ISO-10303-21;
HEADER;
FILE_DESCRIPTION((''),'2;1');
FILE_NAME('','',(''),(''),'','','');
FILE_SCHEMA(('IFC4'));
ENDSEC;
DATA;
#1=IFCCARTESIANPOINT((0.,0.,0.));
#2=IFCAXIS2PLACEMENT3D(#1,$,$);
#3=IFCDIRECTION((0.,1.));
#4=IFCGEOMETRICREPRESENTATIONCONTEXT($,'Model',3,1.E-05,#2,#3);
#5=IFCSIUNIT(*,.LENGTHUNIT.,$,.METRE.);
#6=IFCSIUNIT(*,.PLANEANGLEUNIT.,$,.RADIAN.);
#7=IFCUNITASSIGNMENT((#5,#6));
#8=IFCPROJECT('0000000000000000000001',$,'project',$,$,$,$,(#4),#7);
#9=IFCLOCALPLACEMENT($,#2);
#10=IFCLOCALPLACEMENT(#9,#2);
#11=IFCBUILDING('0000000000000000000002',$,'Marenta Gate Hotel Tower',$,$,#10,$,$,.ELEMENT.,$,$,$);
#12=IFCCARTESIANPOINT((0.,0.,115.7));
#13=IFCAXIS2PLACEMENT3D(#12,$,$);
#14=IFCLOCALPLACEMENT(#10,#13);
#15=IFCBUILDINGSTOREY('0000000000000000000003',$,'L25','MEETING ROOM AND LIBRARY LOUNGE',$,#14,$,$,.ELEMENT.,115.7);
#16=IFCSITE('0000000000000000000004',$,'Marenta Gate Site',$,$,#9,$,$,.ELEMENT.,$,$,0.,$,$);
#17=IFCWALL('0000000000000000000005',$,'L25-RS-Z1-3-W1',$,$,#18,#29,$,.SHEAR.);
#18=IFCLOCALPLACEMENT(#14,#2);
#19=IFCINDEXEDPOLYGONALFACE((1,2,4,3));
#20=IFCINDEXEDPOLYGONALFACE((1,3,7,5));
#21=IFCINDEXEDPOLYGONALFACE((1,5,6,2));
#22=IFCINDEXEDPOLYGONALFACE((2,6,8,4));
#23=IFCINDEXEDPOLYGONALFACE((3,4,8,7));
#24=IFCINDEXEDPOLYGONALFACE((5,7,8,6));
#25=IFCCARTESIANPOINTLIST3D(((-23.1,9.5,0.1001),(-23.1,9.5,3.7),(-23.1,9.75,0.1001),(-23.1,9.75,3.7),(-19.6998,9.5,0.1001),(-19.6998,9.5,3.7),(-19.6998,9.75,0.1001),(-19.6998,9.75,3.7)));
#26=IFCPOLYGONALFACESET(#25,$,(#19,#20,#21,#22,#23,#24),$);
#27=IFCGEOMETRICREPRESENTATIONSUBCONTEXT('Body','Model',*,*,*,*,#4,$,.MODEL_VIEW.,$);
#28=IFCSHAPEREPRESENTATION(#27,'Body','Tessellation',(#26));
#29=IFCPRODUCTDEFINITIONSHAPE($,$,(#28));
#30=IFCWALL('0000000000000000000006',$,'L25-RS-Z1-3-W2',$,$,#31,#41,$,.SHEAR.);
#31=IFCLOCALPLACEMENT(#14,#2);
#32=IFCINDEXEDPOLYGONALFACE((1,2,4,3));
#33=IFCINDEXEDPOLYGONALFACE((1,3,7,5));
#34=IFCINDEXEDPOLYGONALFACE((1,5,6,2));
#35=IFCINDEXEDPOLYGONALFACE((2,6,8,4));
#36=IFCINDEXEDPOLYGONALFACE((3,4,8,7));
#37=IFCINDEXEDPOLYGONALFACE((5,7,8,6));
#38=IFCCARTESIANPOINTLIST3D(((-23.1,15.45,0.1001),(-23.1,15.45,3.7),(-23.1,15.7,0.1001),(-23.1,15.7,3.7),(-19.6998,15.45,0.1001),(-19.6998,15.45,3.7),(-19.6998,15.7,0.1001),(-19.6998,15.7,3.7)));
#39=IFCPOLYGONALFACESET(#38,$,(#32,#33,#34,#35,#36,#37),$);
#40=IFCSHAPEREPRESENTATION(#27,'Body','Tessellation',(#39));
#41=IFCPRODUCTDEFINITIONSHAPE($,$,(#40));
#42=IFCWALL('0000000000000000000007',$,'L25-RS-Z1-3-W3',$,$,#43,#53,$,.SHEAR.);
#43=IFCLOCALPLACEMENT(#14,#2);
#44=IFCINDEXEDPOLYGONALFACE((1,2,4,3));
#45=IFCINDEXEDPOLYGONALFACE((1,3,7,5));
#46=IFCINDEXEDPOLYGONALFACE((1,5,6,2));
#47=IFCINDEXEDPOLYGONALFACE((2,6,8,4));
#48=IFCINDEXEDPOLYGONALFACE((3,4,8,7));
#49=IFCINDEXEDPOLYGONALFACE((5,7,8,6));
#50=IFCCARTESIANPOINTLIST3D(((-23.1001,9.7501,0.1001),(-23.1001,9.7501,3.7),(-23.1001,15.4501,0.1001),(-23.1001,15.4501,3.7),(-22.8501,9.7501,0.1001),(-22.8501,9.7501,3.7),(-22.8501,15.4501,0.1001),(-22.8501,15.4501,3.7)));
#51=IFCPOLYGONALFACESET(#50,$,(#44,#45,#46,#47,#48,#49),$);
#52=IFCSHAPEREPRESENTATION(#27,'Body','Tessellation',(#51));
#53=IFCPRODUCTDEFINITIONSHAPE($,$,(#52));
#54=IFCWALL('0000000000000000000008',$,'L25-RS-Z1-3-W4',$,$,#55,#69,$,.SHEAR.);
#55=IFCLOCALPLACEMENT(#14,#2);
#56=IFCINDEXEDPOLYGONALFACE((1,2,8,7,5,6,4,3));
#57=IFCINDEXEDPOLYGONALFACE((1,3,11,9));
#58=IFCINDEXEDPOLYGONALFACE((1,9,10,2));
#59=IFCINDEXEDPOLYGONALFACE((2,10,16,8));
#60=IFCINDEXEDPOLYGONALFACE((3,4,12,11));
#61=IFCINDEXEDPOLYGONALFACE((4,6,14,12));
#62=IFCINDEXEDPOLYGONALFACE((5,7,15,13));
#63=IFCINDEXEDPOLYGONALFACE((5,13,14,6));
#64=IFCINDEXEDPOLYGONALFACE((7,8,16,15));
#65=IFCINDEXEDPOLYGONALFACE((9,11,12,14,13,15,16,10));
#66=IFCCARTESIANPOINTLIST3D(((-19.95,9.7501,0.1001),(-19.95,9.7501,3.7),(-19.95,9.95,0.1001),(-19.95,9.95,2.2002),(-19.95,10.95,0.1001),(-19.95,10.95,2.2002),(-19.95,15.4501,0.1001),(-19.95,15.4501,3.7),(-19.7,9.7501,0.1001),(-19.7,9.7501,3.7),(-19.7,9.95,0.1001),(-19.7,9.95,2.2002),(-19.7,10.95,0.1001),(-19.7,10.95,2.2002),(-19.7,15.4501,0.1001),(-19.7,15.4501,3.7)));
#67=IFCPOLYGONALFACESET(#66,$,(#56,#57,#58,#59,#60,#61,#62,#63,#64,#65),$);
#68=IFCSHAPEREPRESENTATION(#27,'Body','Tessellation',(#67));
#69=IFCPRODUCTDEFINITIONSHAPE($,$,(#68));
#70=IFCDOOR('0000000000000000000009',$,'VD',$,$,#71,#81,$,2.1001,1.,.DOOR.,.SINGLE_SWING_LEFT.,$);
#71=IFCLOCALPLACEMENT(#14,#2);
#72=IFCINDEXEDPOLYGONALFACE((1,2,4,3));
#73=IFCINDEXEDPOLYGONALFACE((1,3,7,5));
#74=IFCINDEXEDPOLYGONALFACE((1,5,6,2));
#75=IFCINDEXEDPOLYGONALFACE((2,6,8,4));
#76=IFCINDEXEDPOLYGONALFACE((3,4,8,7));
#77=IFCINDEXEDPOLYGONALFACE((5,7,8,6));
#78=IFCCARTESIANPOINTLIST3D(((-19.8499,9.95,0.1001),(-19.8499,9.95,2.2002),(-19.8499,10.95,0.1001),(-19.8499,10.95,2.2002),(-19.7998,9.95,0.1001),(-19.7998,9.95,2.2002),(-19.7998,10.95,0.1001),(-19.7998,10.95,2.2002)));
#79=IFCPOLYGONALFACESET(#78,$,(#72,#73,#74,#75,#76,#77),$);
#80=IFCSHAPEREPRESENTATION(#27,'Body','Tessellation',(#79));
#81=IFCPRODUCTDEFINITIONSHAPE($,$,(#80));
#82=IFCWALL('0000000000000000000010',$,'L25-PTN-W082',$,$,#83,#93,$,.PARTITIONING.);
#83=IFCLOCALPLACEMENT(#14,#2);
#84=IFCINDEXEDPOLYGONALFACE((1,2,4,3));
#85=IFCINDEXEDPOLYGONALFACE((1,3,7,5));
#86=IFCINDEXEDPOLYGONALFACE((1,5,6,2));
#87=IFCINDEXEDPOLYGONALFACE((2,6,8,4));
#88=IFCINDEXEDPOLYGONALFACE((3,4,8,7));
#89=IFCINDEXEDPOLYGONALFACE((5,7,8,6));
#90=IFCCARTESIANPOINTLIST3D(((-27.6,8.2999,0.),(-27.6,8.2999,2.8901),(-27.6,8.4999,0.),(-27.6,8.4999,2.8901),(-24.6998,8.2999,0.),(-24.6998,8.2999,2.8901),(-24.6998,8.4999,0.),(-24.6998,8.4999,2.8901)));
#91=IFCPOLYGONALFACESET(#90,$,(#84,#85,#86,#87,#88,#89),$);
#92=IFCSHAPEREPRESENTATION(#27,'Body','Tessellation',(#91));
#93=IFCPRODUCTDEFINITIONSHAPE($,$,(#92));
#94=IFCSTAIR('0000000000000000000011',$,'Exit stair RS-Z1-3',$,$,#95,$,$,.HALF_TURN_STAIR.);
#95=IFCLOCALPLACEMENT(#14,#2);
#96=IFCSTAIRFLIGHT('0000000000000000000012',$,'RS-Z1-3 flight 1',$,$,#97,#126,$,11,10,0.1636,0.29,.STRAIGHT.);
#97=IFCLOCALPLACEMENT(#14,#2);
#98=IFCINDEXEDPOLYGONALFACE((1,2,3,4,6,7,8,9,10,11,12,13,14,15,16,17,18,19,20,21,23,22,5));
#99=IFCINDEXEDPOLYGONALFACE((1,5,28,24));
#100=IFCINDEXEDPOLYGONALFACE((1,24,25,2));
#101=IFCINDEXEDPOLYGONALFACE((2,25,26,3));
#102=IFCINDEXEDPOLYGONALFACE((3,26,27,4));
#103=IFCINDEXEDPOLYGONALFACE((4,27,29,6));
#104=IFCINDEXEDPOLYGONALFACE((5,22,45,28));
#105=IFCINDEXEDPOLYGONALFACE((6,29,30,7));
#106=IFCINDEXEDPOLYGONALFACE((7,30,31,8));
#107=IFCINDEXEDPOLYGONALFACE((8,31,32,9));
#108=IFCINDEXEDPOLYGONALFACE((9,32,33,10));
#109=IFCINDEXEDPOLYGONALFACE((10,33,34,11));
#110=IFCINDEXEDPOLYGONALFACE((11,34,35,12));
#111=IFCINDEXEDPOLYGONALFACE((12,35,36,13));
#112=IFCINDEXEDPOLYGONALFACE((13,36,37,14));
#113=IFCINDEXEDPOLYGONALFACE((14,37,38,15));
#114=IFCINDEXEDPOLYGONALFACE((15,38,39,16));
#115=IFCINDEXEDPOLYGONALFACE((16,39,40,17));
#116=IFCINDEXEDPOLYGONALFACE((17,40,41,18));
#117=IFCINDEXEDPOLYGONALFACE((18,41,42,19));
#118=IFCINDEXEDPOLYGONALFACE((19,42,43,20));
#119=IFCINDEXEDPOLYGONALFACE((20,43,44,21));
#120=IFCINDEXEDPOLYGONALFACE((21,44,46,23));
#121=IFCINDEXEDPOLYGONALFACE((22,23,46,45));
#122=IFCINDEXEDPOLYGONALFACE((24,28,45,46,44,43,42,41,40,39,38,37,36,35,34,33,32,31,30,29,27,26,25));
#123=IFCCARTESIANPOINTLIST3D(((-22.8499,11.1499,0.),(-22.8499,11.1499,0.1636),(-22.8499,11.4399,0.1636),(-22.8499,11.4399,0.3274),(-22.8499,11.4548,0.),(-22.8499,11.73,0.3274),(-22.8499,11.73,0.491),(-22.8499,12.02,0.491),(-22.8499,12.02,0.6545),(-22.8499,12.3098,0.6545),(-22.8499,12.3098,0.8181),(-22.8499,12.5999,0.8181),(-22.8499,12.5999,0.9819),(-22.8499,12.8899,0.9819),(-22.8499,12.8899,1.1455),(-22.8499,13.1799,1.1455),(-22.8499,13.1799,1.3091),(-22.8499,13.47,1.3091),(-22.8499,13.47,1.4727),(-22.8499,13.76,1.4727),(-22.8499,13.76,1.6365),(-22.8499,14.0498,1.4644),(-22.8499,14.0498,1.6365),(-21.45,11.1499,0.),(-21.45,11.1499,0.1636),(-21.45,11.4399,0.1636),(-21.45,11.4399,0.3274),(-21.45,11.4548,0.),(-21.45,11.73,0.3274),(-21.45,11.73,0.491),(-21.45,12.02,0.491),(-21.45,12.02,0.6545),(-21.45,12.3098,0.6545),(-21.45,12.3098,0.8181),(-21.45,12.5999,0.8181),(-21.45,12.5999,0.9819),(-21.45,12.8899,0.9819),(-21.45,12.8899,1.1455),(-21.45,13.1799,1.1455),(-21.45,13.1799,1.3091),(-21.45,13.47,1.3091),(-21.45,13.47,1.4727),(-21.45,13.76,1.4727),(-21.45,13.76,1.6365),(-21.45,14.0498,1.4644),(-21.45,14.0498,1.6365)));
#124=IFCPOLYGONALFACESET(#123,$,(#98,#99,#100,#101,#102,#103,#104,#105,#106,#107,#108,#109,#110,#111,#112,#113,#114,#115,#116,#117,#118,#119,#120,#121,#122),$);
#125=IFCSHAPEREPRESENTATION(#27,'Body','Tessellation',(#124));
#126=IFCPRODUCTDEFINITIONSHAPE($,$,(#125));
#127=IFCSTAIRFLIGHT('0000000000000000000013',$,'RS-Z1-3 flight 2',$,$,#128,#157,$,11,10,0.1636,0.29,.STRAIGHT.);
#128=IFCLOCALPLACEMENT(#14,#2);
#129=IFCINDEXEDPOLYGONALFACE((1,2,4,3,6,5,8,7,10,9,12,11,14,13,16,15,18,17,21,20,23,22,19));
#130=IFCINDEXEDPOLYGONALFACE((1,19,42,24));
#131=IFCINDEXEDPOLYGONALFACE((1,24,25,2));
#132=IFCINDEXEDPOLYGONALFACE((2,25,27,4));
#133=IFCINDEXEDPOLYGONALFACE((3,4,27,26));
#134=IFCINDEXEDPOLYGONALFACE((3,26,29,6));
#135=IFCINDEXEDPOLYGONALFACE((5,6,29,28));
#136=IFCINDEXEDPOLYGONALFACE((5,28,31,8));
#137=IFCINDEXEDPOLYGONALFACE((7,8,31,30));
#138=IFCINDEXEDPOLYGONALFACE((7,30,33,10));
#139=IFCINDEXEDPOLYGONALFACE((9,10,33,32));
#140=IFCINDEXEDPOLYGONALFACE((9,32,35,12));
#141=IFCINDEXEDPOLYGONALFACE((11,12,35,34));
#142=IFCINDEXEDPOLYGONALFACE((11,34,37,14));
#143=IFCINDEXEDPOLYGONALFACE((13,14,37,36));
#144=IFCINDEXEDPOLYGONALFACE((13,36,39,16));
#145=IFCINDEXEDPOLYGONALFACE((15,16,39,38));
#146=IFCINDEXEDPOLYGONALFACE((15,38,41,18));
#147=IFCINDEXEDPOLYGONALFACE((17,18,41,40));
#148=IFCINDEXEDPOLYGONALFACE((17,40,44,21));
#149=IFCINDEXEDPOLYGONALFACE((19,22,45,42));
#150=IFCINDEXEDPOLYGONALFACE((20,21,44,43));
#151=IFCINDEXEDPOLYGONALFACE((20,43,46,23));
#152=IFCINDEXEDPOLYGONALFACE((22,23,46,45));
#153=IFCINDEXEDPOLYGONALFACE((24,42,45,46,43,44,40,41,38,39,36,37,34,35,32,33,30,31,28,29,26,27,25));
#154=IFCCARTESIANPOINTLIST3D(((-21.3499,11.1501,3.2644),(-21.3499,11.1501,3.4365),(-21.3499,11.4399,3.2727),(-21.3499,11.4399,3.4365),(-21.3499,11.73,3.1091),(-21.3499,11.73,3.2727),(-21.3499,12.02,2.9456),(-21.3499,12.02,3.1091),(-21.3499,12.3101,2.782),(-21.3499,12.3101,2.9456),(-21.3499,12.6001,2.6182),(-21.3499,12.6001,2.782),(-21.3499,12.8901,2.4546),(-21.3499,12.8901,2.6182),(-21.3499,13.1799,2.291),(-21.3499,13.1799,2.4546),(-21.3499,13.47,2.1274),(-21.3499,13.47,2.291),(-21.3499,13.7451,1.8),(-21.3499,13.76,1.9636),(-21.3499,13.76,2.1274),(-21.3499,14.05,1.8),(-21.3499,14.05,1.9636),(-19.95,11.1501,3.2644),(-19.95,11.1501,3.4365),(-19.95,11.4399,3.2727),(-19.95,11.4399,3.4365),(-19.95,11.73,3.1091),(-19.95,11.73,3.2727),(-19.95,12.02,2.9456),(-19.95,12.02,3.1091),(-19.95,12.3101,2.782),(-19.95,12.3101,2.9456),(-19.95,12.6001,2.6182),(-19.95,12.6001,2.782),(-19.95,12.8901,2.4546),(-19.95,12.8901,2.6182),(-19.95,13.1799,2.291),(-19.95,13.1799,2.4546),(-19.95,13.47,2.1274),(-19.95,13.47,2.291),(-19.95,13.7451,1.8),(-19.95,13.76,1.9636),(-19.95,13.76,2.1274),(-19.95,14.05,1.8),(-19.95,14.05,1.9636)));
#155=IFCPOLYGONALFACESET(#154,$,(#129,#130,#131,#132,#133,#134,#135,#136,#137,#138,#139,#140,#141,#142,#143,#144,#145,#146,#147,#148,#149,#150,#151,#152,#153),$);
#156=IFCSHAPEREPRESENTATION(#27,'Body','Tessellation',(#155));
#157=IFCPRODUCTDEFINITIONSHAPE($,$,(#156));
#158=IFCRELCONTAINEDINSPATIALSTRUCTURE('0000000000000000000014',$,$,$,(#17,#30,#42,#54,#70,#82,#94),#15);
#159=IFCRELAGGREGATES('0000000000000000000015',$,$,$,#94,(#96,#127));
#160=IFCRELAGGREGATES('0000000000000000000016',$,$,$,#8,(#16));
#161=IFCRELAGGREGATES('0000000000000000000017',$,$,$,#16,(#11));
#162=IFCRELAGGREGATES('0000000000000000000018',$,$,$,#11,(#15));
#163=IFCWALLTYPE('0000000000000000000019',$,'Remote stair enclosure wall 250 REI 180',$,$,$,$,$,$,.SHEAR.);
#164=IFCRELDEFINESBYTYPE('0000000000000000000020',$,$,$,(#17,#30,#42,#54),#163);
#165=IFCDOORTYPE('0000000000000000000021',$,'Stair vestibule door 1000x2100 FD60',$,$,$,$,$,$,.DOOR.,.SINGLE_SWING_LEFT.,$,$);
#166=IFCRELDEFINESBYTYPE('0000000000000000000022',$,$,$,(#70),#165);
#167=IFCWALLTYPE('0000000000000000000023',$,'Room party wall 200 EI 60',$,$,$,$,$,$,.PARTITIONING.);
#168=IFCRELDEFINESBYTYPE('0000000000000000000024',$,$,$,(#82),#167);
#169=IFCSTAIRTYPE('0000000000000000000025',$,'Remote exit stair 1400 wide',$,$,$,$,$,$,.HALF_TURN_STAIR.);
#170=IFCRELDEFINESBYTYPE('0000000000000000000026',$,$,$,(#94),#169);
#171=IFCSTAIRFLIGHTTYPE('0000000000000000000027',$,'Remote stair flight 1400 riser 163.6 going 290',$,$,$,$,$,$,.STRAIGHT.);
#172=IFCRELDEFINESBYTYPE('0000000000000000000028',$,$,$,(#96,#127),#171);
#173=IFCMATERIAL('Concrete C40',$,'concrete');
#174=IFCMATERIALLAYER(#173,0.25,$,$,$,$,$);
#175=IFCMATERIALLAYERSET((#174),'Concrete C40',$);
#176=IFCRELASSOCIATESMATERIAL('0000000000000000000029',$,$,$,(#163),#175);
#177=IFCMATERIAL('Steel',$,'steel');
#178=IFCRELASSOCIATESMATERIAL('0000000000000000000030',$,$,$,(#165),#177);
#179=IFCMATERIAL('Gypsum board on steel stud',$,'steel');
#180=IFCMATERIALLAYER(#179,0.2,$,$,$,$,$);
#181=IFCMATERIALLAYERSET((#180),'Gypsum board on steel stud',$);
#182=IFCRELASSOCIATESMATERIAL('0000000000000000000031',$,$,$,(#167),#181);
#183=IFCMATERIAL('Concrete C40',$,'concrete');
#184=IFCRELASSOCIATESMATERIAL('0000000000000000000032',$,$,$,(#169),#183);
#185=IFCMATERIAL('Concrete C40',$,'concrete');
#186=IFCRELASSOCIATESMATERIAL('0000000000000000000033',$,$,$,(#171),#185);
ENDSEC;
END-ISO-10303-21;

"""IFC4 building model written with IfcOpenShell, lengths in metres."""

from ifc_helpers import new_model, si_unit, direction, frame, frame_2d, origin, place, context, subcontext, project, spatial, polyline, rectangle, outline, extrude, material, layer, layer_set, type_object, element, fill, aggregate, save


model = new_model("IFC4")

# Units and contexts
model_context = context("Model", 3, precision=1e-05, world=origin(), true_north=direction((0.0, 1.0)))
body_context = subcontext(model_context, "Body", "Model", "MODEL_VIEW")
ifc_project = project(units=[si_unit("LENGTHUNIT", "METRE"), si_unit("PLANEANGLEUNIT", "RADIAN")], contexts=[model_context])

# Site, building, storey
site_placement = place(None, origin())
site = spatial("IfcSite", under=ifc_project, at=site_placement, Name="Marenta Gate Site", CompositionType="ELEMENT", RefElevation=0.0)
building_placement = place(site_placement, origin())
building = spatial("IfcBuilding", under=site, at=building_placement, Name="Marenta Gate Hotel Tower", CompositionType="ELEMENT")
storey_placement = place(building_placement, frame((0.0, 0.0, 115.7)))
storey = spatial("IfcBuildingStorey", under=building, at=storey_placement, Name="L25", Description="MEETING ROOM AND LIBRARY LOUNGE", CompositionType="ELEMENT", Elevation=115.7)

# Walls
ifc_material_1 = material(Name="Concrete C40", Category="concrete")
ifc_layer_1 = layer(ifc_material_1, 0.25)
ifc_layer_set_1 = layer_set([ifc_layer_1], Name="Concrete C40")
wall_type_1 = type_object("IfcWallType", Name="Remote stair enclosure wall 250 REI 180", PredefinedType="SHEAR", material=ifc_layer_set_1)
for number, where, z_axis, x_axis, name in (
    (1, (-23.1001, 9.625, 0.1001), (0.0, 0.0, 1.0), (1.0, 0.0, 0.0), "L25-RS-Z1-3-W1"),
    (2, (-23.1001, 15.575, 0.1001), (0.0, 0.0, 1.0), (1.0, 0.0, 0.0), "L25-RS-Z1-3-W2"),
):
    element("IfcWall", number, at=place(storey_placement, frame(where, z_axis=z_axis, x_axis=x_axis)), inside=storey, type_object=wall_type_1, Name=name, PredefinedType="SHEAR", context=body_context, shape_type="SweptSolid", body=[
        extrude(rectangle(XDim=3.4001, YDim=0.25, at=frame_2d((1.7002, 0.0))), origin(), (0.0, 0.0, 1.0), 3.5999),
    ])
wall_1_placement = place(storey_placement, frame((-22.9751, 9.75, 0.1001), z_axis=(0.0, 0.0, 1.0), x_axis=(0.0, 1.0, 0.0)))
element("IfcWall", 3, at=wall_1_placement, inside=storey, type_object=wall_type_1, Name="L25-RS-Z1-3-W3", PredefinedType="SHEAR", context=body_context, shape_type="SweptSolid", body=[
    extrude(rectangle(XDim=5.7, YDim=0.25, at=frame_2d((2.8501, 0.0))), origin(), (0.0, 0.0, 1.0), 3.5999),
])

# Wall, opening, door
wall_2_placement = place(storey_placement, frame((-19.825, 9.75, 0.1001), z_axis=(0.0, 0.0, 1.0), x_axis=(0.0, 1.0, 0.0)))
wall_2 = element("IfcWall", 4, at=wall_2_placement, inside=storey, type_object=wall_type_1, Name="L25-RS-Z1-3-W4", PredefinedType="SHEAR", context=body_context, shape_type="SweptSolid", body=[
    extrude(rectangle(XDim=5.7, YDim=0.25, at=frame_2d((2.8501, 0.0))), origin(), (0.0, 0.0, 1.0), 3.5999),
])
opening_1_placement = place(wall_2_placement, frame((0.2, 0.0, 0.0)))
opening_1 = element("IfcOpeningElement", 5, at=opening_1_placement, cuts=wall_2, PredefinedType="OPENING", context=body_context, shape_type="SweptSolid", body=[
    extrude(rectangle(XDim=1.0, YDim=2.1001, at=frame_2d((0.5, 1.05))), frame((0.0, 0.125, 0.0), z_axis=(0.0, -1.0, 0.0), x_axis=(1.0, 0.0, 0.0)), (0.0, 0.0, 1.0), 0.25),
])
ifc_material_2 = material(Name="Steel", Category="steel")
door_type_1 = type_object("IfcDoorType", Name="Stair vestibule door 1000x2100 FD60", OperationType="SINGLE_SWING_LEFT", PredefinedType="DOOR", material=ifc_material_2)
door_1_placement = place(opening_1_placement, origin())
door_1 = element("IfcDoor", 6, at=door_1_placement, inside=storey, type_object=door_type_1, Name="VD", OperationType="SINGLE_SWING_LEFT", OverallHeight=2.1001, OverallWidth=1.0, PredefinedType="DOOR", context=body_context, shape_type="SweptSolid", body=[
    extrude(rectangle(XDim=1.0, YDim=2.1001, at=frame_2d((0.5, 1.05))), frame((0.0, 0.0249, 0.0), z_axis=(0.0, -1.0, 0.0), x_axis=(1.0, 0.0, 0.0)), (0.0, 0.0, 1.0), 0.05),
])
fill(opening_1, door_1)

# Wall
ifc_material_3 = material(Name="Gypsum board on steel stud", Category="steel")
ifc_layer_2 = layer(ifc_material_3, 0.2)
ifc_layer_set_2 = layer_set([ifc_layer_2], Name="Gypsum board on steel stud")
wall_type_2 = type_object("IfcWallType", Name="Room party wall 200 EI 60", PredefinedType="PARTITIONING", material=ifc_layer_set_2)
wall_3_placement = place(storey_placement, frame((-27.6001, 8.3999, 0.0), z_axis=(0.0, 0.0, 1.0), x_axis=(1.0, 0.0, 0.0)))
element("IfcWall", 7, at=wall_3_placement, inside=storey, type_object=wall_type_2, Name="L25-PTN-W082", PredefinedType="PARTITIONING", context=body_context, shape_type="SweptSolid", body=[
    extrude(rectangle(XDim=2.9001, YDim=0.2, at=frame_2d((1.4502, 0.0))), origin(), (0.0, 0.0, 1.0), 2.8901),
])

# Stair, stair flights
ifc_material_4 = material(Name="Concrete C40", Category="concrete")
stair_type = type_object("IfcStairType", Name="Remote exit stair 1400 wide", PredefinedType="HALF_TURN_STAIR", material=ifc_material_4)
stair_placement = place(storey_placement, origin())
stair = element("IfcStair", 8, at=stair_placement, inside=storey, type_object=stair_type, Name="Exit stair RS-Z1-3", PredefinedType="HALF_TURN_STAIR")
ifc_material_5 = material(Name="Concrete C40", Category="concrete")
stair_flight_type = type_object("IfcStairFlightType", Name="Remote stair flight 1400 riser 163.6 going 290", PredefinedType="STRAIGHT", material=ifc_material_5)
stair_flight_1_placement = place(storey_placement, frame((-22.1499, 11.1499, 0.0), z_axis=(0.0, 0.0, 1.0), x_axis=(0.0, 1.0, 0.0)))
stair_flight_1 = element("IfcStairFlight", 9, at=stair_flight_1_placement, type_object=stair_flight_type, Name="RS-Z1-3 flight 1", NumberOfRisers=11, NumberOfTreads=10, PredefinedType="STRAIGHT", RiserHeight=0.1636, TreadLength=0.29, context=body_context, shape_type="SweptSolid", body=[
    extrude(outline(polyline([(0.0, 0.0), (0.0, 0.1636), (0.29, 0.1636), (0.29, 0.3274), (0.5801, 0.3274), (0.5801, 0.491), (0.8701, 0.491), (0.8701, 0.6545), (1.1599, 0.6545), (1.1599, 0.8181), (1.45, 0.8181), (1.45, 0.9819), (1.74, 0.9819), (1.74, 1.1455), (2.03, 1.1455), (2.03, 1.3091), (2.3201, 1.3091), (2.3201, 1.4727), (2.6101, 1.4727), (2.6101, 1.6365), (2.8999, 1.6365), (2.8999, 1.8), (2.8999, 1.4644), (0.3049, 0.0), (0.0, 0.0)])), frame((0.0, 0.7, 0.0), z_axis=(0.0, -1.0, 0.0), x_axis=(1.0, 0.0, 0.0)), (0.0, 0.0, 1.0), 1.3999),
])
stair_flight_2_placement = place(storey_placement, frame((-20.6499, 14.05, 1.8), z_axis=(0.0, 0.0, 1.0), x_axis=(0.0, -1.0, 0.0)))
stair_flight_2 = element("IfcStairFlight", 10, at=stair_flight_2_placement, type_object=stair_flight_type, Name="RS-Z1-3 flight 2", NumberOfRisers=11, NumberOfTreads=10, PredefinedType="STRAIGHT", RiserHeight=0.1636, TreadLength=0.29, context=body_context, shape_type="SweptSolid", body=[
    extrude(outline(polyline([(0.0, 0.0), (0.0, 0.1636), (0.29, 0.1636), (0.29, 0.3274), (0.5801, 0.3274), (0.5801, 0.491), (0.8701, 0.491), (0.8701, 0.6545), (1.1599, 0.6545), (1.1599, 0.8181), (1.45, 0.8181), (1.45, 0.9819), (1.74, 0.9819), (1.74, 1.1455), (2.03, 1.1455), (2.03, 1.3091), (2.3201, 1.3091), (2.3201, 1.4727), (2.6101, 1.4727), (2.6101, 1.6365), (2.8999, 1.6365), (2.8999, 1.8), (2.8999, 1.4644), (0.3049, 0.0), (0.0, 0.0)])), frame((0.0, 0.7, 0.0), z_axis=(0.0, -1.0, 0.0), x_axis=(1.0, 0.0, 0.0)), (0.0, 0.0, 1.0), 1.3999),
])
aggregate(stair, [stair_flight_1, stair_flight_2])

save(model, "model.ifc")
